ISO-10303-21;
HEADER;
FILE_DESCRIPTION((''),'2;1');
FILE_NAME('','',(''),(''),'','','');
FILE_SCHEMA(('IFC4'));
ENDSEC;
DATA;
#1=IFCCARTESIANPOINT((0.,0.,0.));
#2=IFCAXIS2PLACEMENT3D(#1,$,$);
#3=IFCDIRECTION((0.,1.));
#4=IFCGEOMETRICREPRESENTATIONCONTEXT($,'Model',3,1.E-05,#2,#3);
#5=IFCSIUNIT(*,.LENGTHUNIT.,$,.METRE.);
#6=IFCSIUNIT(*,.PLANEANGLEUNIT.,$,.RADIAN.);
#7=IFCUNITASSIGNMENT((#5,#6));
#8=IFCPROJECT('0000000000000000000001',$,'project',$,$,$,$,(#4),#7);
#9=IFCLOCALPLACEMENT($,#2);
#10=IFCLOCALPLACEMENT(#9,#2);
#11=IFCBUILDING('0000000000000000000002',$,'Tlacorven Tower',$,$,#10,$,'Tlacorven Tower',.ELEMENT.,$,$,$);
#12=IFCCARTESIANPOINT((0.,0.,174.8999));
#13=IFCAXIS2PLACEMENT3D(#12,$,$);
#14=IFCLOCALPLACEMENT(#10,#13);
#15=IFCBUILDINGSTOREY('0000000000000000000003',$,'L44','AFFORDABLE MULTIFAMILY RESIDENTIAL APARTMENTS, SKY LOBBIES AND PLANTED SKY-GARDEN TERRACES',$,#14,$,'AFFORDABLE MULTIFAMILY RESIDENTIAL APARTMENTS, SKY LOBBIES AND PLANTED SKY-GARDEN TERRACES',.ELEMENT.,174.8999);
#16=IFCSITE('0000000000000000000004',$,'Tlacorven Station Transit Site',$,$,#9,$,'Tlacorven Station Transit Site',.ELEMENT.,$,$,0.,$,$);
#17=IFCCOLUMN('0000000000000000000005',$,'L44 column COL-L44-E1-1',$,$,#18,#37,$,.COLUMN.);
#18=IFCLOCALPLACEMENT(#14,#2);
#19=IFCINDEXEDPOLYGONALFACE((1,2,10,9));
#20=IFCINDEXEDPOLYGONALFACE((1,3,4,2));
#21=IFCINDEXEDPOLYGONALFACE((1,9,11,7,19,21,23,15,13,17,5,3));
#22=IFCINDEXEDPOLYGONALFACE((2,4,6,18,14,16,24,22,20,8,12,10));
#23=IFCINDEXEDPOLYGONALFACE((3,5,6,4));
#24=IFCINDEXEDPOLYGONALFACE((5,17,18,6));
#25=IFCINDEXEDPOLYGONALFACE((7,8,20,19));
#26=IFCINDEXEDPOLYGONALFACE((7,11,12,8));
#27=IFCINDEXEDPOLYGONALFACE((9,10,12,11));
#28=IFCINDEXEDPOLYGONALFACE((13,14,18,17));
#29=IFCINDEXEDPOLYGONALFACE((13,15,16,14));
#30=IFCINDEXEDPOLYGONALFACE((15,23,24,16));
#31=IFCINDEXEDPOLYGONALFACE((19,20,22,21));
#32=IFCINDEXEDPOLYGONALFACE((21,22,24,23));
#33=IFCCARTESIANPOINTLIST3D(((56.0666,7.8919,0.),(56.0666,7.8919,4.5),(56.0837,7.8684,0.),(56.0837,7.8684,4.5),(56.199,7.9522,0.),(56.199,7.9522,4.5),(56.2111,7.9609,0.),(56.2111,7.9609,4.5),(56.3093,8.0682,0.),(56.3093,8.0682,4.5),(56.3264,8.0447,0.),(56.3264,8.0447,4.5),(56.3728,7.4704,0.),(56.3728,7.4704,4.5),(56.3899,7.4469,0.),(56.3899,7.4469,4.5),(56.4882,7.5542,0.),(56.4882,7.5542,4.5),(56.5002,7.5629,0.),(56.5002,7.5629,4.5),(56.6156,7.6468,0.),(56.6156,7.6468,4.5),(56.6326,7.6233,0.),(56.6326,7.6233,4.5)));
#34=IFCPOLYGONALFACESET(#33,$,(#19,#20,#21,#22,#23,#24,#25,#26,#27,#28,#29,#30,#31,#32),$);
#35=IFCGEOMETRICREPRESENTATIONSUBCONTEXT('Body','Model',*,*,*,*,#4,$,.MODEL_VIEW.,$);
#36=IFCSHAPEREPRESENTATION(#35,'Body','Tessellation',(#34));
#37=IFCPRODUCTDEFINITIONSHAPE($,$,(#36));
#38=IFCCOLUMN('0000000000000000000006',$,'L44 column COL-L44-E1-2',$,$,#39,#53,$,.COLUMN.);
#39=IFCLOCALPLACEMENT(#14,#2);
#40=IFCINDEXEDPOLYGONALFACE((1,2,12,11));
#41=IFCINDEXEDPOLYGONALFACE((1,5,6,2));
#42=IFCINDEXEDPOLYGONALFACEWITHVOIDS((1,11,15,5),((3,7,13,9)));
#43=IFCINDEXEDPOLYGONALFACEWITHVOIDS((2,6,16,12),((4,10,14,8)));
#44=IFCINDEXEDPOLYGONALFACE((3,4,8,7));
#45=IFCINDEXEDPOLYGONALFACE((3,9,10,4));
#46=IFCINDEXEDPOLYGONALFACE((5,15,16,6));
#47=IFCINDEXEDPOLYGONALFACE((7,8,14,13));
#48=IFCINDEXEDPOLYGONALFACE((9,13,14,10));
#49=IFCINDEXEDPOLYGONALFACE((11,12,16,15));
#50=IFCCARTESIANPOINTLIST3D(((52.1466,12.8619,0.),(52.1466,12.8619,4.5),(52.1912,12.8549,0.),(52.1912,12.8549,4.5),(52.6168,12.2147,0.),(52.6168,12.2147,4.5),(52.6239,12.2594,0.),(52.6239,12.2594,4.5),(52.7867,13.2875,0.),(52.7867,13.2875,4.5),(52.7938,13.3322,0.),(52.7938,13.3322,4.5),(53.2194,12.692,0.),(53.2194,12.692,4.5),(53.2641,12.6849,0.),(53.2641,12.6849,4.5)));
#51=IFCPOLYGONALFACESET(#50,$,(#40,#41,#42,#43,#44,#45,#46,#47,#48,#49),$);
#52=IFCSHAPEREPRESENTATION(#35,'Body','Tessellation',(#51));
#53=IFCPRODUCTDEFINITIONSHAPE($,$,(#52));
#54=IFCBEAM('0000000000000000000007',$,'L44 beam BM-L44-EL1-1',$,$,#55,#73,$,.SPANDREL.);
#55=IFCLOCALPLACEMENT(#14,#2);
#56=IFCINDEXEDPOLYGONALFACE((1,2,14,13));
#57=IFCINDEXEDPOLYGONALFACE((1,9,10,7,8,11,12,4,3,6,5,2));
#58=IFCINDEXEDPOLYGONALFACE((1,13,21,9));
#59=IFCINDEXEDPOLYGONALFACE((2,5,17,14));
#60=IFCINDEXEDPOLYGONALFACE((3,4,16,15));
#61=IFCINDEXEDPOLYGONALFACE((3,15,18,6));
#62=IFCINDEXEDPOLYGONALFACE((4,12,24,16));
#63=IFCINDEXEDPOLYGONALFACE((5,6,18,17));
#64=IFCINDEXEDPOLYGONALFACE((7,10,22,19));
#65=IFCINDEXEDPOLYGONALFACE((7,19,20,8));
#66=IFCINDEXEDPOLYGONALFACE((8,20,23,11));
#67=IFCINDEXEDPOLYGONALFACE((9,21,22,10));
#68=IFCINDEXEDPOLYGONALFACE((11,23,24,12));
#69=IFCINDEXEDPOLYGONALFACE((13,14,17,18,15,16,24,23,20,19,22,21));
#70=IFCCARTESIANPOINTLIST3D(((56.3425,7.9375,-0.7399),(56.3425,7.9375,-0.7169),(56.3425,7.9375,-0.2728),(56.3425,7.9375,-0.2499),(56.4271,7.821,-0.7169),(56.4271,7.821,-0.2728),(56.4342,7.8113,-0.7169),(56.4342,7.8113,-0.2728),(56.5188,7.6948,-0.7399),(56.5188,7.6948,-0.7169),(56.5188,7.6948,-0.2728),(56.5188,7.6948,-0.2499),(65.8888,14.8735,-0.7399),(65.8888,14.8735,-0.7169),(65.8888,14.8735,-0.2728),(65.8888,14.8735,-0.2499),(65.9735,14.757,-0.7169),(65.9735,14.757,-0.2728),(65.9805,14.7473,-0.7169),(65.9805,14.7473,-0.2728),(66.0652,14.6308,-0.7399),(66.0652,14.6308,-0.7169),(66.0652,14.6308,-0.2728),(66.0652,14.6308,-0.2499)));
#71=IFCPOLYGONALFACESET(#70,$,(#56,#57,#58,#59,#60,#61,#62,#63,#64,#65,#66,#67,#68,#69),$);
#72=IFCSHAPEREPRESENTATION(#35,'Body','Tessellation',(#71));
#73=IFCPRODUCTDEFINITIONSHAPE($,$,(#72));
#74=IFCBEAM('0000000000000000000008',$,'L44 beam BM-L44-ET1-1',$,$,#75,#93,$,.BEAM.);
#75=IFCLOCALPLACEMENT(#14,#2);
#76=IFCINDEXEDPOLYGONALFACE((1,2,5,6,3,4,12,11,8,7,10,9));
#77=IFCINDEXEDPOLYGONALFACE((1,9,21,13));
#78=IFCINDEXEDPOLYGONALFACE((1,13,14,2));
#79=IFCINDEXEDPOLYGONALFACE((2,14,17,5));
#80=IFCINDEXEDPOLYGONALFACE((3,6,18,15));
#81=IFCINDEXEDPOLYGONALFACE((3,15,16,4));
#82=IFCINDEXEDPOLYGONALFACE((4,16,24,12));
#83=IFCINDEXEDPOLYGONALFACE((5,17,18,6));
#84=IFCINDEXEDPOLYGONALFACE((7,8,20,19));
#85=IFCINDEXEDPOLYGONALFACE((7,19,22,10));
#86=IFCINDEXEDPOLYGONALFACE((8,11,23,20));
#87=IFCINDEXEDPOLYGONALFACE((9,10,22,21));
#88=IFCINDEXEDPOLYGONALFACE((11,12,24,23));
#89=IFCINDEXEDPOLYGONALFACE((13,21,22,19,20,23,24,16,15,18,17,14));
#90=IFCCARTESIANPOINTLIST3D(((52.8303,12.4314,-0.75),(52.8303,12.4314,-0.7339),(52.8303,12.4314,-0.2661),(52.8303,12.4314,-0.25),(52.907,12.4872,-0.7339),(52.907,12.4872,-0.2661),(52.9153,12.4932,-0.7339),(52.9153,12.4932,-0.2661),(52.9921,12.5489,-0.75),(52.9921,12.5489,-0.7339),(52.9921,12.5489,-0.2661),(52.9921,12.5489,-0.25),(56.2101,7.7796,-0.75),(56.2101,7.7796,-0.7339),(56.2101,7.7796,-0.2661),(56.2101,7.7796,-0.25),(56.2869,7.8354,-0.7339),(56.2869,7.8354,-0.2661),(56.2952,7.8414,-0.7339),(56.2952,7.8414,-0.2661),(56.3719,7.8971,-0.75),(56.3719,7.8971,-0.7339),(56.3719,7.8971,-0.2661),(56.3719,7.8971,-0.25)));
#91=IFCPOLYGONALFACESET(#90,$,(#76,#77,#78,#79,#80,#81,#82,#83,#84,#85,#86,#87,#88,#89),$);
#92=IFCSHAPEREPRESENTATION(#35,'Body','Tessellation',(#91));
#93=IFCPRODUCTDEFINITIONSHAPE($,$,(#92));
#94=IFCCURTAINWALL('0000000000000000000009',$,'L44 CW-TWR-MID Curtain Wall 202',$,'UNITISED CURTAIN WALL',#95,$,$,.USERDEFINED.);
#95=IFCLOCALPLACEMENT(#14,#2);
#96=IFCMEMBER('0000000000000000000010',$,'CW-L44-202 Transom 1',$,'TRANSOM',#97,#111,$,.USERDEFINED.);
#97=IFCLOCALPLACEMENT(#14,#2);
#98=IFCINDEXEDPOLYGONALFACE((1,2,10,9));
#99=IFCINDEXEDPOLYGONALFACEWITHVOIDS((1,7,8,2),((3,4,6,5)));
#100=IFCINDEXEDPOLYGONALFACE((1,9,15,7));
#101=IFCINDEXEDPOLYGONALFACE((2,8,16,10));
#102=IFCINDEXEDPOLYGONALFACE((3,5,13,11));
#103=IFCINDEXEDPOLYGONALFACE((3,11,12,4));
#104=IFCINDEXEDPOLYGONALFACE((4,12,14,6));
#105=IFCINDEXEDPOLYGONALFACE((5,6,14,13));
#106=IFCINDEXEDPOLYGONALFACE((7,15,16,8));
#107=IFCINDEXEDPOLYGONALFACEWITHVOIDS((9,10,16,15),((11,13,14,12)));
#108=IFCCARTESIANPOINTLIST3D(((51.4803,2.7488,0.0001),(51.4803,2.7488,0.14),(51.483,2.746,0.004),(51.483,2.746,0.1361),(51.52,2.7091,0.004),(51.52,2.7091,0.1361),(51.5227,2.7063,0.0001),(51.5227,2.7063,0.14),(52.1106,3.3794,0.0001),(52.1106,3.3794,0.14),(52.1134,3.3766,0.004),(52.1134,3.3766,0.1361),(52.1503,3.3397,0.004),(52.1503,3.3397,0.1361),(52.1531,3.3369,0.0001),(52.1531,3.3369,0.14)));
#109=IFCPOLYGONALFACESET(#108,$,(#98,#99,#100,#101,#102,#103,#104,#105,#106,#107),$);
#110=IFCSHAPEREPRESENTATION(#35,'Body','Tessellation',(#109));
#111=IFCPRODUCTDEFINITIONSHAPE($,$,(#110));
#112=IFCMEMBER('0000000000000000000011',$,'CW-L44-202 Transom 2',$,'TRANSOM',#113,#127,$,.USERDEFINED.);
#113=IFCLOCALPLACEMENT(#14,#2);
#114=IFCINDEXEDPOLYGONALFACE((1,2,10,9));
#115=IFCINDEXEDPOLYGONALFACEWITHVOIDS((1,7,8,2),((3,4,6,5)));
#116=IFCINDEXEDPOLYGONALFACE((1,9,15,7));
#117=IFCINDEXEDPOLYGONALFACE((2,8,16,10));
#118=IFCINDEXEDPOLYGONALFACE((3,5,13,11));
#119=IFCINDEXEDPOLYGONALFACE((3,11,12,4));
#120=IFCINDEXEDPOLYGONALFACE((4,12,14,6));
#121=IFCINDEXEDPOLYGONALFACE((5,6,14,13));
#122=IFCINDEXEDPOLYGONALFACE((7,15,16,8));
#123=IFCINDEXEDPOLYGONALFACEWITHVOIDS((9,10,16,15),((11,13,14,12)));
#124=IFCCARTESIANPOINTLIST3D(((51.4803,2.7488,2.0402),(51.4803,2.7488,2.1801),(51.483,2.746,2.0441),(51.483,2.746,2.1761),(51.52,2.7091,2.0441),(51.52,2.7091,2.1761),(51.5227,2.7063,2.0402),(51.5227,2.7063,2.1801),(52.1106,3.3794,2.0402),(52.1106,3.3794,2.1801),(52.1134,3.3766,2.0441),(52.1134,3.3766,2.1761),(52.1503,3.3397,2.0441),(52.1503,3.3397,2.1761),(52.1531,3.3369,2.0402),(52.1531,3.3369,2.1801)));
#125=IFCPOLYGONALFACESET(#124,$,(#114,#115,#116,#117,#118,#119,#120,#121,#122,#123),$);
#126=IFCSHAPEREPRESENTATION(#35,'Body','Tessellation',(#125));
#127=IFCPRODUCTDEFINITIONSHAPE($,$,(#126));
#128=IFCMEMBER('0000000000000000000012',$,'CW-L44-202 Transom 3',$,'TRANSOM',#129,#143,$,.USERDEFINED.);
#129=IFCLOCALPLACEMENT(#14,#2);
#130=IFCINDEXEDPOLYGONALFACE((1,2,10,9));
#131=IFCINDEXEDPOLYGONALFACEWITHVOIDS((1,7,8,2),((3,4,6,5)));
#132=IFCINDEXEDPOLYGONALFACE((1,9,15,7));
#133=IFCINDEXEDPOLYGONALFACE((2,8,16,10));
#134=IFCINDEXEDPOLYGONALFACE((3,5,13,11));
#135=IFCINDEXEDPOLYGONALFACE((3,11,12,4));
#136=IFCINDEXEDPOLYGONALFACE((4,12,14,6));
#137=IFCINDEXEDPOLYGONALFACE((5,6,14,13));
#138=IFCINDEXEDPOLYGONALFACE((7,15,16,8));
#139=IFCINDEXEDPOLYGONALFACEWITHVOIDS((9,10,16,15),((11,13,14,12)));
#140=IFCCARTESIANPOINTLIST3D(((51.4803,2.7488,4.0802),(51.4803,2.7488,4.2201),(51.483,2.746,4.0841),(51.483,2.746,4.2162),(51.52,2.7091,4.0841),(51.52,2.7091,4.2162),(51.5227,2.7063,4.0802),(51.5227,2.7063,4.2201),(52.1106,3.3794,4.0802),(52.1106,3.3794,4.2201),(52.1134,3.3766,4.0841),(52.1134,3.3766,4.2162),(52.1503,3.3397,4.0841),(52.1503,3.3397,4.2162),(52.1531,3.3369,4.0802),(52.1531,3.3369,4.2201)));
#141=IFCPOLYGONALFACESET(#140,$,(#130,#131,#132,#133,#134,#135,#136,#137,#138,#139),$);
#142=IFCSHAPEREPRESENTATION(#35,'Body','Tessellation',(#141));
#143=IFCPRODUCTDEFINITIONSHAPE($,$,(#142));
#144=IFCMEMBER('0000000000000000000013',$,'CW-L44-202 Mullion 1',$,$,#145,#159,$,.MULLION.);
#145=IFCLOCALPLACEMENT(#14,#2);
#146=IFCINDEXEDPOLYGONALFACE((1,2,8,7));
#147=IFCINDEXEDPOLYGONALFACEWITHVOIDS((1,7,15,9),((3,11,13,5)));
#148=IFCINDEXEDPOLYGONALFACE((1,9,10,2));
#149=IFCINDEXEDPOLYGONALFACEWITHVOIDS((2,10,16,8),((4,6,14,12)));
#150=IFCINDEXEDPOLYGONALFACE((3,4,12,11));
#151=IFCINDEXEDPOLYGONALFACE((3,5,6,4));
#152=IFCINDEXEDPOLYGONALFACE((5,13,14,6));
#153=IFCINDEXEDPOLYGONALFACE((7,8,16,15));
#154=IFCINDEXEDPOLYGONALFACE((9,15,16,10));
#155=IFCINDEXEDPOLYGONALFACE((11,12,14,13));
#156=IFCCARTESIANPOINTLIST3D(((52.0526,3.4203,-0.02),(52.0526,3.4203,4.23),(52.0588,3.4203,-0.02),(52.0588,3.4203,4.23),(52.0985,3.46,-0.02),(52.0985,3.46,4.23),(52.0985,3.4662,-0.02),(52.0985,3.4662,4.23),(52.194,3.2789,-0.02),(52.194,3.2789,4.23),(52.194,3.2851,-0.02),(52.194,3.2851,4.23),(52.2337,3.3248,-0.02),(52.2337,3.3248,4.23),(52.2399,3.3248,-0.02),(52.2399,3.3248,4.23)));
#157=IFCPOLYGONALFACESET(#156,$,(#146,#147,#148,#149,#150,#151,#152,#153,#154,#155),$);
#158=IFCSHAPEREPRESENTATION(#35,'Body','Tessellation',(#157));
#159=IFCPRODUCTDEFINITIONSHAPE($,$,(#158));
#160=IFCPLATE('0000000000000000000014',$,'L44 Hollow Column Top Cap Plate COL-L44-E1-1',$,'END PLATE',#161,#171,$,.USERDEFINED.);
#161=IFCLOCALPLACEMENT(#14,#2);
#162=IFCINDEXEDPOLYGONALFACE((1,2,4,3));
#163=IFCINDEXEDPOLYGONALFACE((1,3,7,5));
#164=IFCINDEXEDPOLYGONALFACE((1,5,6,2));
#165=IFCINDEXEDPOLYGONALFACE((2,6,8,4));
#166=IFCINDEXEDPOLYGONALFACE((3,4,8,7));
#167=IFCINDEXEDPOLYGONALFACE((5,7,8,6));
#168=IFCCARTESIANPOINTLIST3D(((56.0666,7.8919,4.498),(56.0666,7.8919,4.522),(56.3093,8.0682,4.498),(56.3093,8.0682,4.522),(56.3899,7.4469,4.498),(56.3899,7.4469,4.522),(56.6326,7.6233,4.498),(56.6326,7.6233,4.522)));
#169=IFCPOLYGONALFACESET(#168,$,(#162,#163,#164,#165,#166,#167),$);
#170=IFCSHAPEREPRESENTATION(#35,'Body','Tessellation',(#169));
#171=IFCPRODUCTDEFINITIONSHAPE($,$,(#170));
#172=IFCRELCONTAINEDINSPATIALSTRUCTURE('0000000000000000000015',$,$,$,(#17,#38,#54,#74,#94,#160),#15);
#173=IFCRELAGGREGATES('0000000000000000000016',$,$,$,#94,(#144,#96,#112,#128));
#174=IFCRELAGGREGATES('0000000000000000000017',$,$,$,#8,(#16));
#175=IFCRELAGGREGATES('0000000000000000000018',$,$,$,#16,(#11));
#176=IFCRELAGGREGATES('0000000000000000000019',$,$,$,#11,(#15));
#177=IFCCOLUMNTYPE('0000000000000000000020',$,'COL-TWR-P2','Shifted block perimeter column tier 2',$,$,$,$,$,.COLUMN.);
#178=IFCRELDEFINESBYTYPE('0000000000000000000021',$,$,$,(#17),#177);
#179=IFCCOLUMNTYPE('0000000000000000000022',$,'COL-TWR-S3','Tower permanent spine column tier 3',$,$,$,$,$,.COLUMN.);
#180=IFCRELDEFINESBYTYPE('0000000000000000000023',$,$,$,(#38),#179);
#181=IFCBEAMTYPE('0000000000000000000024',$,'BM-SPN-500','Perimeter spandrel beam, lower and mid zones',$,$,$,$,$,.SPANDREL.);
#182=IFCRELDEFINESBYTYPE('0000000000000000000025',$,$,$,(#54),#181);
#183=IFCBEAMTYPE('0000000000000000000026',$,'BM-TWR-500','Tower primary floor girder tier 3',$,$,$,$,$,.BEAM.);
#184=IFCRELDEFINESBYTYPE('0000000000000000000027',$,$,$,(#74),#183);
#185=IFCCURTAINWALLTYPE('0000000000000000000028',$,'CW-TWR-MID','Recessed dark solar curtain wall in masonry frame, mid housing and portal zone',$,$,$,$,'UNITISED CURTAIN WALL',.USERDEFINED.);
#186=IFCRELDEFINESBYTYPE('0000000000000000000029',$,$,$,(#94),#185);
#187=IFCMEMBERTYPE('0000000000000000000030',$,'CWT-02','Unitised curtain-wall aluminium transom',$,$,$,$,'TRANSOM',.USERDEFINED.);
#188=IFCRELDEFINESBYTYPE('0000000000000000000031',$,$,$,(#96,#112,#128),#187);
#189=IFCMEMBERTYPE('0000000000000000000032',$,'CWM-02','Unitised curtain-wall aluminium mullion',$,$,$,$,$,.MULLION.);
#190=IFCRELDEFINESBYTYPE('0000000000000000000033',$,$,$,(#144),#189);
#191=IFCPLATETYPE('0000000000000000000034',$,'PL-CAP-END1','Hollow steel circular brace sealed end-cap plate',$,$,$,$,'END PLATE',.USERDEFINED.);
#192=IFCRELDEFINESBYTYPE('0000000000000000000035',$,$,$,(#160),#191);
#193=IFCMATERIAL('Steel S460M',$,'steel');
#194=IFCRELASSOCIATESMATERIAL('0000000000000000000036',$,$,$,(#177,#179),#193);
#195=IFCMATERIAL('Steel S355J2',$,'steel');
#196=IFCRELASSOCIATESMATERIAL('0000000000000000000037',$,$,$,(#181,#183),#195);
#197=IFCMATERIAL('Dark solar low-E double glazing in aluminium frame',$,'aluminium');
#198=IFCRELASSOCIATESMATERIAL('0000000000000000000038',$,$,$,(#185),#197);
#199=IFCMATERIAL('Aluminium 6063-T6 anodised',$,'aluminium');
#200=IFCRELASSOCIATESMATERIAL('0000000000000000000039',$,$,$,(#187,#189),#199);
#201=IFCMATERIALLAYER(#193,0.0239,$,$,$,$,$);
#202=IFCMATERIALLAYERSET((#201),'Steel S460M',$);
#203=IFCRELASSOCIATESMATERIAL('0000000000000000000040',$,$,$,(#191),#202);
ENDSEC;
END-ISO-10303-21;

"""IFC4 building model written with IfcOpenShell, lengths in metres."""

from ifc_helpers import new_model, si_unit, direction, frame, origin, origin_2d, place, context, subcontext, project, spatial, rectangle, hollow_rectangle, i_section, extrude, source, transform, mapped, material, layer, layer_set, material_profile, profile_set, type_object, element, aggregate, save


model = new_model("IFC4")

# Units and contexts
model_context = context("Model", 3, precision=1e-05, world=origin(), true_north=direction((0.0, 1.0)))
body_context = subcontext(model_context, "Body", "Model", "MODEL_VIEW")
ifc_project = project(units=[si_unit("LENGTHUNIT", "METRE"), si_unit("PLANEANGLEUNIT", "RADIAN")], contexts=[model_context])

# Site, building, storey
site_placement = place(None, origin())
site = spatial("IfcSite", under=ifc_project, at=site_placement, Name="Tlacorven Station Transit Site", LongName="Tlacorven Station Transit Site", CompositionType="ELEMENT", RefElevation=0.0)
building_placement = place(site_placement, origin())
building = spatial("IfcBuilding", under=site, at=building_placement, Name="Tlacorven Tower", LongName="Tlacorven Tower", CompositionType="ELEMENT")
storey_placement = place(building_placement, frame((0.0, 0.0, 174.8999)))
storey = spatial("IfcBuildingStorey", under=building, at=storey_placement, Name="L44", Description="AFFORDABLE MULTIFAMILY RESIDENTIAL APARTMENTS, SKY LOBBIES AND PLANTED SKY-GARDEN TERRACES", LongName="AFFORDABLE MULTIFAMILY RESIDENTIAL APARTMENTS, SKY LOBBIES AND PLANTED SKY-GARDEN TERRACES", CompositionType="ELEMENT", Elevation=174.8999)

# Columns
ifc_material_1 = material(Name="Steel S460M", Category="steel")
ifc_material_profile_1 = material_profile(ifc_material_1, i_section(OverallWidth=0.3, OverallDepth=0.55, WebThickness=0.0149, FlangeThickness=0.0291, at=origin_2d()), Name="HEB 550")
ifc_profile_set_1 = profile_set([ifc_material_profile_1], Name="Steel S460M")
column_type_1 = type_object("IfcColumnType", Name="COL-TWR-P2", Description="Shifted block perimeter column tier 2", PredefinedType="COLUMN", material=ifc_profile_set_1)
shared_shape_1 = source(origin(), body_context, "Body", "SweptSolid", [
    extrude(i_section(OverallWidth=0.3, OverallDepth=0.55, WebThickness=0.0149, FlangeThickness=0.0291, at=origin_2d()), origin(), (0.0, 0.0, 1.0), 4.5),
])
column_1_placement = place(storey_placement, frame((56.3496, 7.7576, 0.0), z_axis=(0.0, 0.0, 1.0), x_axis=(0.809017, 0.587785, 0.0)))
element("IfcColumn", 1, at=column_1_placement, inside=storey, type_object=column_type_1, Name="L44 column COL-L44-E1-1", PredefinedType="COLUMN", context=body_context, shape_type="MappedRepresentation", body=[
    mapped(shared_shape_1, transform((0.0, 0.0, 0.0), scale=1.0)),
])
ifc_material_profile_2 = material_profile(ifc_material_1, hollow_rectangle(XDim=0.8, YDim=0.8, WallThickness=0.032, at=origin_2d()), Name="BOX 800X800X32")
ifc_profile_set_2 = profile_set([ifc_material_profile_2], Name="Steel S460M")
column_type_2 = type_object("IfcColumnType", Name="COL-TWR-S3", Description="Tower permanent spine column tier 3", PredefinedType="COLUMN", material=ifc_profile_set_2)
shared_shape_2 = source(origin(), body_context, "Body", "SweptSolid", [
    extrude(hollow_rectangle(XDim=0.8, YDim=0.8, WallThickness=0.032, at=origin_2d()), origin(), (0.0, 0.0, 1.0), 4.5),
])
column_2_placement = place(storey_placement, frame((52.7053, 12.7734, 0.0), z_axis=(0.0, 0.0, 1.0), x_axis=(0.809017, 0.587785, 0.0)))
element("IfcColumn", 2, at=column_2_placement, inside=storey, type_object=column_type_2, Name="L44 column COL-L44-E1-2", PredefinedType="COLUMN", context=body_context, shape_type="MappedRepresentation", body=[
    mapped(shared_shape_2, transform((0.0, 0.0, 0.0), scale=1.0)),
])

# Beams
ifc_material_2 = material(Name="Steel S355J2", Category="steel")
ifc_material_profile_3 = material_profile(ifc_material_2, i_section(OverallWidth=0.3, OverallDepth=0.49, WebThickness=0.012, FlangeThickness=0.0229, at=origin_2d()), Name="HEA 500")
ifc_profile_set_3 = profile_set([ifc_material_profile_3], Name="Steel S355J2")
beam_type_1 = type_object("IfcBeamType", Name="BM-SPN-500", Description="Perimeter spandrel beam, lower and mid zones", PredefinedType="SPANDREL", material=ifc_profile_set_3)
shared_shape_3 = source(origin(), body_context, "Body", "SweptSolid", [
    extrude(i_section(OverallWidth=0.3, OverallDepth=0.49, WebThickness=0.012, FlangeThickness=0.0229, at=origin_2d()), origin(), (0.0, 0.0, 1.0), 11.8),
])
beam_1_placement = place(storey_placement, frame((56.4307, 7.8162, -0.4949), z_axis=(0.80901, 0.587795, 0.0), x_axis=(-0.587795, 0.80901, 0.0)))
element("IfcBeam", 3, at=beam_1_placement, inside=storey, type_object=beam_type_1, Name="L44 beam BM-L44-EL1-1", PredefinedType="SPANDREL", context=body_context, shape_type="MappedRepresentation", body=[
    mapped(shared_shape_3, transform((0.0, 0.0, 0.0), scale=1.0)),
])
ifc_material_profile_4 = material_profile(ifc_material_2, i_section(OverallWidth=0.2, OverallDepth=0.5, WebThickness=0.0103, FlangeThickness=0.0161, at=origin_2d()), Name="IPE 500")
ifc_profile_set_4 = profile_set([ifc_material_profile_4], Name="Steel S355J2")
beam_type_2 = type_object("IfcBeamType", Name="BM-TWR-500", Description="Tower primary floor girder tier 3", PredefinedType="BEAM", material=ifc_profile_set_4)
shared_shape_4 = source(origin(), body_context, "Body", "SweptSolid", [
    extrude(i_section(OverallWidth=0.2, OverallDepth=0.5, WebThickness=0.0103, FlangeThickness=0.0161, at=origin_2d()), origin(), (0.0, 0.0, 1.0), 5.75),
])
beam_2_placement = place(storey_placement, frame((56.291, 7.8384, -0.5), z_axis=(-0.587798, 0.809008, 0.0), x_axis=(-0.809008, -0.587798, 0.0)))
element("IfcBeam", 4, at=beam_2_placement, inside=storey, type_object=beam_type_2, Name="L44 beam BM-L44-ET1-1", PredefinedType="BEAM", context=body_context, shape_type="MappedRepresentation", body=[
    mapped(shared_shape_4, transform((0.0, 0.0, 0.0), scale=1.0)),
])

# Curtain wall, members
ifc_material_3 = material(Name="Dark solar low-E double glazing in aluminium frame", Category="aluminium")
curtain_wall_type = type_object("IfcCurtainWallType", Name="CW-TWR-MID", Description="Recessed dark solar curtain wall in masonry frame, mid housing and portal zone", ElementType="UNITISED CURTAIN WALL", PredefinedType="USERDEFINED", material=ifc_material_3)
curtain_wall_placement = place(storey_placement, origin())
curtain_wall = element("IfcCurtainWall", 5, at=curtain_wall_placement, inside=storey, type_object=curtain_wall_type, Name="L44 CW-TWR-MID Curtain Wall 202", ObjectType="UNITISED CURTAIN WALL", PredefinedType="USERDEFINED")
ifc_material_4 = material(Name="Aluminium 6063-T6 anodised", Category="aluminium")
ifc_material_profile_5 = material_profile(ifc_material_4, hollow_rectangle(XDim=0.0601, YDim=0.1399, WallThickness=0.0039, at=origin_2d()), Name="ALU TRANSOM 60X140")
ifc_profile_set_5 = profile_set([ifc_material_profile_5], Name="Aluminium 6063-T6 anodised")
member_type_1 = type_object("IfcMemberType", Name="CWT-02", Description="Unitised curtain-wall aluminium transom", ElementType="TRANSOM", PredefinedType="USERDEFINED", material=ifc_profile_set_5)
shared_shape_5 = source(origin(), body_context, "Body", "SweptSolid", [
    extrude(hollow_rectangle(XDim=0.0601, YDim=0.1399, WallThickness=0.0039, at=origin_2d()), origin(), (0.0, 0.0, 1.0), 0.8916),
])
member_1_placement = place(storey_placement, frame((52.1318, 3.3582, 0.0701), z_axis=(-0.70697, -0.707244, 0.0), x_axis=(0.707244, -0.70697, 0.0)))
member_1 = element("IfcMember", 6, at=member_1_placement, type_object=member_type_1, Name="CW-L44-202 Transom 1", ObjectType="TRANSOM", PredefinedType="USERDEFINED", context=body_context, shape_type="MappedRepresentation", body=[
    mapped(shared_shape_5, transform((0.0, 0.0, 0.0), scale=1.0)),
])
member_2_placement = place(storey_placement, frame((52.1318, 3.3582, 2.1101), z_axis=(-0.70697, -0.707244, 0.0), x_axis=(0.707244, -0.70697, 0.0)))
member_2 = element("IfcMember", 7, at=member_2_placement, type_object=member_type_1, Name="CW-L44-202 Transom 2", ObjectType="TRANSOM", PredefinedType="USERDEFINED", context=body_context, shape_type="MappedRepresentation", body=[
    mapped(shared_shape_5, transform((0.0, 0.0, 0.0), scale=1.0)),
])
member_3_placement = place(storey_placement, frame((52.1318, 3.3582, 4.1501), z_axis=(-0.70697, -0.707244, 0.0), x_axis=(0.707244, -0.70697, 0.0)))
member_3 = element("IfcMember", 8, at=member_3_placement, type_object=member_type_1, Name="CW-L44-202 Transom 3", ObjectType="TRANSOM", PredefinedType="USERDEFINED", context=body_context, shape_type="MappedRepresentation", body=[
    mapped(shared_shape_5, transform((0.0, 0.0, 0.0), scale=1.0)),
])
ifc_material_profile_6 = material_profile(ifc_material_4, hollow_rectangle(XDim=0.0649, YDim=0.2, WallThickness=0.0044, at=origin_2d()), Name="ALU MULLION 65X200")
ifc_profile_set_6 = profile_set([ifc_material_profile_6], Name="Aluminium 6063-T6 anodised")
member_type_2 = type_object("IfcMemberType", Name="CWM-02", Description="Unitised curtain-wall aluminium mullion", PredefinedType="MULLION", material=ifc_profile_set_6)
shared_shape_6 = source(origin(), body_context, "Body", "SweptSolid", [
    extrude(hollow_rectangle(XDim=0.0649, YDim=0.2, WallThickness=0.0044, at=origin_2d()), origin(), (0.0, 0.0, 1.0), 4.25),
])
member_4_placement = place(storey_placement, frame((52.1462, 3.3726, -0.02), z_axis=(0.0, 0.0, 1.0), x_axis=(-0.707107, -0.707107, 0.0)))
member_4 = element("IfcMember", 9, at=member_4_placement, type_object=member_type_2, Name="CW-L44-202 Mullion 1", PredefinedType="MULLION", context=body_context, shape_type="MappedRepresentation", body=[
    mapped(shared_shape_6, transform((0.0, 0.0, 0.0), scale=1.0)),
])

# Plate
ifc_layer_1 = layer(ifc_material_1, 0.0239)
ifc_layer_set_1 = layer_set([ifc_layer_1], Name="Steel S460M")
plate_type_1 = type_object("IfcPlateType", Name="PL-CAP-END1", Description="Hollow steel circular brace sealed end-cap plate", ElementType="END PLATE", PredefinedType="USERDEFINED", material=ifc_layer_set_1)
shared_shape_7 = source(origin(), body_context, "Body", "SweptSolid", [
    extrude(rectangle(XDim=0.3, YDim=0.55, at=origin_2d()), origin(), (0.0, 0.0, 1.0), 0.0239),
])
plate_1_placement = place(storey_placement, frame((56.3496, 7.7576, 4.498), z_axis=(0.0, 0.0, 1.0), x_axis=(0.809017, 0.587785, 0.0)))
element("IfcPlate", 10, at=plate_1_placement, inside=storey, type_object=plate_type_1, Name="L44 Hollow Column Top Cap Plate COL-L44-E1-1", ObjectType="END PLATE", PredefinedType="USERDEFINED", context=body_context, shape_type="MappedRepresentation", body=[
    mapped(shared_shape_7, transform((0.0, 0.0, 0.0), scale=1.0)),
])
aggregate(curtain_wall, [member_4, member_1, member_2, member_3])

save(model, "model.ifc")
